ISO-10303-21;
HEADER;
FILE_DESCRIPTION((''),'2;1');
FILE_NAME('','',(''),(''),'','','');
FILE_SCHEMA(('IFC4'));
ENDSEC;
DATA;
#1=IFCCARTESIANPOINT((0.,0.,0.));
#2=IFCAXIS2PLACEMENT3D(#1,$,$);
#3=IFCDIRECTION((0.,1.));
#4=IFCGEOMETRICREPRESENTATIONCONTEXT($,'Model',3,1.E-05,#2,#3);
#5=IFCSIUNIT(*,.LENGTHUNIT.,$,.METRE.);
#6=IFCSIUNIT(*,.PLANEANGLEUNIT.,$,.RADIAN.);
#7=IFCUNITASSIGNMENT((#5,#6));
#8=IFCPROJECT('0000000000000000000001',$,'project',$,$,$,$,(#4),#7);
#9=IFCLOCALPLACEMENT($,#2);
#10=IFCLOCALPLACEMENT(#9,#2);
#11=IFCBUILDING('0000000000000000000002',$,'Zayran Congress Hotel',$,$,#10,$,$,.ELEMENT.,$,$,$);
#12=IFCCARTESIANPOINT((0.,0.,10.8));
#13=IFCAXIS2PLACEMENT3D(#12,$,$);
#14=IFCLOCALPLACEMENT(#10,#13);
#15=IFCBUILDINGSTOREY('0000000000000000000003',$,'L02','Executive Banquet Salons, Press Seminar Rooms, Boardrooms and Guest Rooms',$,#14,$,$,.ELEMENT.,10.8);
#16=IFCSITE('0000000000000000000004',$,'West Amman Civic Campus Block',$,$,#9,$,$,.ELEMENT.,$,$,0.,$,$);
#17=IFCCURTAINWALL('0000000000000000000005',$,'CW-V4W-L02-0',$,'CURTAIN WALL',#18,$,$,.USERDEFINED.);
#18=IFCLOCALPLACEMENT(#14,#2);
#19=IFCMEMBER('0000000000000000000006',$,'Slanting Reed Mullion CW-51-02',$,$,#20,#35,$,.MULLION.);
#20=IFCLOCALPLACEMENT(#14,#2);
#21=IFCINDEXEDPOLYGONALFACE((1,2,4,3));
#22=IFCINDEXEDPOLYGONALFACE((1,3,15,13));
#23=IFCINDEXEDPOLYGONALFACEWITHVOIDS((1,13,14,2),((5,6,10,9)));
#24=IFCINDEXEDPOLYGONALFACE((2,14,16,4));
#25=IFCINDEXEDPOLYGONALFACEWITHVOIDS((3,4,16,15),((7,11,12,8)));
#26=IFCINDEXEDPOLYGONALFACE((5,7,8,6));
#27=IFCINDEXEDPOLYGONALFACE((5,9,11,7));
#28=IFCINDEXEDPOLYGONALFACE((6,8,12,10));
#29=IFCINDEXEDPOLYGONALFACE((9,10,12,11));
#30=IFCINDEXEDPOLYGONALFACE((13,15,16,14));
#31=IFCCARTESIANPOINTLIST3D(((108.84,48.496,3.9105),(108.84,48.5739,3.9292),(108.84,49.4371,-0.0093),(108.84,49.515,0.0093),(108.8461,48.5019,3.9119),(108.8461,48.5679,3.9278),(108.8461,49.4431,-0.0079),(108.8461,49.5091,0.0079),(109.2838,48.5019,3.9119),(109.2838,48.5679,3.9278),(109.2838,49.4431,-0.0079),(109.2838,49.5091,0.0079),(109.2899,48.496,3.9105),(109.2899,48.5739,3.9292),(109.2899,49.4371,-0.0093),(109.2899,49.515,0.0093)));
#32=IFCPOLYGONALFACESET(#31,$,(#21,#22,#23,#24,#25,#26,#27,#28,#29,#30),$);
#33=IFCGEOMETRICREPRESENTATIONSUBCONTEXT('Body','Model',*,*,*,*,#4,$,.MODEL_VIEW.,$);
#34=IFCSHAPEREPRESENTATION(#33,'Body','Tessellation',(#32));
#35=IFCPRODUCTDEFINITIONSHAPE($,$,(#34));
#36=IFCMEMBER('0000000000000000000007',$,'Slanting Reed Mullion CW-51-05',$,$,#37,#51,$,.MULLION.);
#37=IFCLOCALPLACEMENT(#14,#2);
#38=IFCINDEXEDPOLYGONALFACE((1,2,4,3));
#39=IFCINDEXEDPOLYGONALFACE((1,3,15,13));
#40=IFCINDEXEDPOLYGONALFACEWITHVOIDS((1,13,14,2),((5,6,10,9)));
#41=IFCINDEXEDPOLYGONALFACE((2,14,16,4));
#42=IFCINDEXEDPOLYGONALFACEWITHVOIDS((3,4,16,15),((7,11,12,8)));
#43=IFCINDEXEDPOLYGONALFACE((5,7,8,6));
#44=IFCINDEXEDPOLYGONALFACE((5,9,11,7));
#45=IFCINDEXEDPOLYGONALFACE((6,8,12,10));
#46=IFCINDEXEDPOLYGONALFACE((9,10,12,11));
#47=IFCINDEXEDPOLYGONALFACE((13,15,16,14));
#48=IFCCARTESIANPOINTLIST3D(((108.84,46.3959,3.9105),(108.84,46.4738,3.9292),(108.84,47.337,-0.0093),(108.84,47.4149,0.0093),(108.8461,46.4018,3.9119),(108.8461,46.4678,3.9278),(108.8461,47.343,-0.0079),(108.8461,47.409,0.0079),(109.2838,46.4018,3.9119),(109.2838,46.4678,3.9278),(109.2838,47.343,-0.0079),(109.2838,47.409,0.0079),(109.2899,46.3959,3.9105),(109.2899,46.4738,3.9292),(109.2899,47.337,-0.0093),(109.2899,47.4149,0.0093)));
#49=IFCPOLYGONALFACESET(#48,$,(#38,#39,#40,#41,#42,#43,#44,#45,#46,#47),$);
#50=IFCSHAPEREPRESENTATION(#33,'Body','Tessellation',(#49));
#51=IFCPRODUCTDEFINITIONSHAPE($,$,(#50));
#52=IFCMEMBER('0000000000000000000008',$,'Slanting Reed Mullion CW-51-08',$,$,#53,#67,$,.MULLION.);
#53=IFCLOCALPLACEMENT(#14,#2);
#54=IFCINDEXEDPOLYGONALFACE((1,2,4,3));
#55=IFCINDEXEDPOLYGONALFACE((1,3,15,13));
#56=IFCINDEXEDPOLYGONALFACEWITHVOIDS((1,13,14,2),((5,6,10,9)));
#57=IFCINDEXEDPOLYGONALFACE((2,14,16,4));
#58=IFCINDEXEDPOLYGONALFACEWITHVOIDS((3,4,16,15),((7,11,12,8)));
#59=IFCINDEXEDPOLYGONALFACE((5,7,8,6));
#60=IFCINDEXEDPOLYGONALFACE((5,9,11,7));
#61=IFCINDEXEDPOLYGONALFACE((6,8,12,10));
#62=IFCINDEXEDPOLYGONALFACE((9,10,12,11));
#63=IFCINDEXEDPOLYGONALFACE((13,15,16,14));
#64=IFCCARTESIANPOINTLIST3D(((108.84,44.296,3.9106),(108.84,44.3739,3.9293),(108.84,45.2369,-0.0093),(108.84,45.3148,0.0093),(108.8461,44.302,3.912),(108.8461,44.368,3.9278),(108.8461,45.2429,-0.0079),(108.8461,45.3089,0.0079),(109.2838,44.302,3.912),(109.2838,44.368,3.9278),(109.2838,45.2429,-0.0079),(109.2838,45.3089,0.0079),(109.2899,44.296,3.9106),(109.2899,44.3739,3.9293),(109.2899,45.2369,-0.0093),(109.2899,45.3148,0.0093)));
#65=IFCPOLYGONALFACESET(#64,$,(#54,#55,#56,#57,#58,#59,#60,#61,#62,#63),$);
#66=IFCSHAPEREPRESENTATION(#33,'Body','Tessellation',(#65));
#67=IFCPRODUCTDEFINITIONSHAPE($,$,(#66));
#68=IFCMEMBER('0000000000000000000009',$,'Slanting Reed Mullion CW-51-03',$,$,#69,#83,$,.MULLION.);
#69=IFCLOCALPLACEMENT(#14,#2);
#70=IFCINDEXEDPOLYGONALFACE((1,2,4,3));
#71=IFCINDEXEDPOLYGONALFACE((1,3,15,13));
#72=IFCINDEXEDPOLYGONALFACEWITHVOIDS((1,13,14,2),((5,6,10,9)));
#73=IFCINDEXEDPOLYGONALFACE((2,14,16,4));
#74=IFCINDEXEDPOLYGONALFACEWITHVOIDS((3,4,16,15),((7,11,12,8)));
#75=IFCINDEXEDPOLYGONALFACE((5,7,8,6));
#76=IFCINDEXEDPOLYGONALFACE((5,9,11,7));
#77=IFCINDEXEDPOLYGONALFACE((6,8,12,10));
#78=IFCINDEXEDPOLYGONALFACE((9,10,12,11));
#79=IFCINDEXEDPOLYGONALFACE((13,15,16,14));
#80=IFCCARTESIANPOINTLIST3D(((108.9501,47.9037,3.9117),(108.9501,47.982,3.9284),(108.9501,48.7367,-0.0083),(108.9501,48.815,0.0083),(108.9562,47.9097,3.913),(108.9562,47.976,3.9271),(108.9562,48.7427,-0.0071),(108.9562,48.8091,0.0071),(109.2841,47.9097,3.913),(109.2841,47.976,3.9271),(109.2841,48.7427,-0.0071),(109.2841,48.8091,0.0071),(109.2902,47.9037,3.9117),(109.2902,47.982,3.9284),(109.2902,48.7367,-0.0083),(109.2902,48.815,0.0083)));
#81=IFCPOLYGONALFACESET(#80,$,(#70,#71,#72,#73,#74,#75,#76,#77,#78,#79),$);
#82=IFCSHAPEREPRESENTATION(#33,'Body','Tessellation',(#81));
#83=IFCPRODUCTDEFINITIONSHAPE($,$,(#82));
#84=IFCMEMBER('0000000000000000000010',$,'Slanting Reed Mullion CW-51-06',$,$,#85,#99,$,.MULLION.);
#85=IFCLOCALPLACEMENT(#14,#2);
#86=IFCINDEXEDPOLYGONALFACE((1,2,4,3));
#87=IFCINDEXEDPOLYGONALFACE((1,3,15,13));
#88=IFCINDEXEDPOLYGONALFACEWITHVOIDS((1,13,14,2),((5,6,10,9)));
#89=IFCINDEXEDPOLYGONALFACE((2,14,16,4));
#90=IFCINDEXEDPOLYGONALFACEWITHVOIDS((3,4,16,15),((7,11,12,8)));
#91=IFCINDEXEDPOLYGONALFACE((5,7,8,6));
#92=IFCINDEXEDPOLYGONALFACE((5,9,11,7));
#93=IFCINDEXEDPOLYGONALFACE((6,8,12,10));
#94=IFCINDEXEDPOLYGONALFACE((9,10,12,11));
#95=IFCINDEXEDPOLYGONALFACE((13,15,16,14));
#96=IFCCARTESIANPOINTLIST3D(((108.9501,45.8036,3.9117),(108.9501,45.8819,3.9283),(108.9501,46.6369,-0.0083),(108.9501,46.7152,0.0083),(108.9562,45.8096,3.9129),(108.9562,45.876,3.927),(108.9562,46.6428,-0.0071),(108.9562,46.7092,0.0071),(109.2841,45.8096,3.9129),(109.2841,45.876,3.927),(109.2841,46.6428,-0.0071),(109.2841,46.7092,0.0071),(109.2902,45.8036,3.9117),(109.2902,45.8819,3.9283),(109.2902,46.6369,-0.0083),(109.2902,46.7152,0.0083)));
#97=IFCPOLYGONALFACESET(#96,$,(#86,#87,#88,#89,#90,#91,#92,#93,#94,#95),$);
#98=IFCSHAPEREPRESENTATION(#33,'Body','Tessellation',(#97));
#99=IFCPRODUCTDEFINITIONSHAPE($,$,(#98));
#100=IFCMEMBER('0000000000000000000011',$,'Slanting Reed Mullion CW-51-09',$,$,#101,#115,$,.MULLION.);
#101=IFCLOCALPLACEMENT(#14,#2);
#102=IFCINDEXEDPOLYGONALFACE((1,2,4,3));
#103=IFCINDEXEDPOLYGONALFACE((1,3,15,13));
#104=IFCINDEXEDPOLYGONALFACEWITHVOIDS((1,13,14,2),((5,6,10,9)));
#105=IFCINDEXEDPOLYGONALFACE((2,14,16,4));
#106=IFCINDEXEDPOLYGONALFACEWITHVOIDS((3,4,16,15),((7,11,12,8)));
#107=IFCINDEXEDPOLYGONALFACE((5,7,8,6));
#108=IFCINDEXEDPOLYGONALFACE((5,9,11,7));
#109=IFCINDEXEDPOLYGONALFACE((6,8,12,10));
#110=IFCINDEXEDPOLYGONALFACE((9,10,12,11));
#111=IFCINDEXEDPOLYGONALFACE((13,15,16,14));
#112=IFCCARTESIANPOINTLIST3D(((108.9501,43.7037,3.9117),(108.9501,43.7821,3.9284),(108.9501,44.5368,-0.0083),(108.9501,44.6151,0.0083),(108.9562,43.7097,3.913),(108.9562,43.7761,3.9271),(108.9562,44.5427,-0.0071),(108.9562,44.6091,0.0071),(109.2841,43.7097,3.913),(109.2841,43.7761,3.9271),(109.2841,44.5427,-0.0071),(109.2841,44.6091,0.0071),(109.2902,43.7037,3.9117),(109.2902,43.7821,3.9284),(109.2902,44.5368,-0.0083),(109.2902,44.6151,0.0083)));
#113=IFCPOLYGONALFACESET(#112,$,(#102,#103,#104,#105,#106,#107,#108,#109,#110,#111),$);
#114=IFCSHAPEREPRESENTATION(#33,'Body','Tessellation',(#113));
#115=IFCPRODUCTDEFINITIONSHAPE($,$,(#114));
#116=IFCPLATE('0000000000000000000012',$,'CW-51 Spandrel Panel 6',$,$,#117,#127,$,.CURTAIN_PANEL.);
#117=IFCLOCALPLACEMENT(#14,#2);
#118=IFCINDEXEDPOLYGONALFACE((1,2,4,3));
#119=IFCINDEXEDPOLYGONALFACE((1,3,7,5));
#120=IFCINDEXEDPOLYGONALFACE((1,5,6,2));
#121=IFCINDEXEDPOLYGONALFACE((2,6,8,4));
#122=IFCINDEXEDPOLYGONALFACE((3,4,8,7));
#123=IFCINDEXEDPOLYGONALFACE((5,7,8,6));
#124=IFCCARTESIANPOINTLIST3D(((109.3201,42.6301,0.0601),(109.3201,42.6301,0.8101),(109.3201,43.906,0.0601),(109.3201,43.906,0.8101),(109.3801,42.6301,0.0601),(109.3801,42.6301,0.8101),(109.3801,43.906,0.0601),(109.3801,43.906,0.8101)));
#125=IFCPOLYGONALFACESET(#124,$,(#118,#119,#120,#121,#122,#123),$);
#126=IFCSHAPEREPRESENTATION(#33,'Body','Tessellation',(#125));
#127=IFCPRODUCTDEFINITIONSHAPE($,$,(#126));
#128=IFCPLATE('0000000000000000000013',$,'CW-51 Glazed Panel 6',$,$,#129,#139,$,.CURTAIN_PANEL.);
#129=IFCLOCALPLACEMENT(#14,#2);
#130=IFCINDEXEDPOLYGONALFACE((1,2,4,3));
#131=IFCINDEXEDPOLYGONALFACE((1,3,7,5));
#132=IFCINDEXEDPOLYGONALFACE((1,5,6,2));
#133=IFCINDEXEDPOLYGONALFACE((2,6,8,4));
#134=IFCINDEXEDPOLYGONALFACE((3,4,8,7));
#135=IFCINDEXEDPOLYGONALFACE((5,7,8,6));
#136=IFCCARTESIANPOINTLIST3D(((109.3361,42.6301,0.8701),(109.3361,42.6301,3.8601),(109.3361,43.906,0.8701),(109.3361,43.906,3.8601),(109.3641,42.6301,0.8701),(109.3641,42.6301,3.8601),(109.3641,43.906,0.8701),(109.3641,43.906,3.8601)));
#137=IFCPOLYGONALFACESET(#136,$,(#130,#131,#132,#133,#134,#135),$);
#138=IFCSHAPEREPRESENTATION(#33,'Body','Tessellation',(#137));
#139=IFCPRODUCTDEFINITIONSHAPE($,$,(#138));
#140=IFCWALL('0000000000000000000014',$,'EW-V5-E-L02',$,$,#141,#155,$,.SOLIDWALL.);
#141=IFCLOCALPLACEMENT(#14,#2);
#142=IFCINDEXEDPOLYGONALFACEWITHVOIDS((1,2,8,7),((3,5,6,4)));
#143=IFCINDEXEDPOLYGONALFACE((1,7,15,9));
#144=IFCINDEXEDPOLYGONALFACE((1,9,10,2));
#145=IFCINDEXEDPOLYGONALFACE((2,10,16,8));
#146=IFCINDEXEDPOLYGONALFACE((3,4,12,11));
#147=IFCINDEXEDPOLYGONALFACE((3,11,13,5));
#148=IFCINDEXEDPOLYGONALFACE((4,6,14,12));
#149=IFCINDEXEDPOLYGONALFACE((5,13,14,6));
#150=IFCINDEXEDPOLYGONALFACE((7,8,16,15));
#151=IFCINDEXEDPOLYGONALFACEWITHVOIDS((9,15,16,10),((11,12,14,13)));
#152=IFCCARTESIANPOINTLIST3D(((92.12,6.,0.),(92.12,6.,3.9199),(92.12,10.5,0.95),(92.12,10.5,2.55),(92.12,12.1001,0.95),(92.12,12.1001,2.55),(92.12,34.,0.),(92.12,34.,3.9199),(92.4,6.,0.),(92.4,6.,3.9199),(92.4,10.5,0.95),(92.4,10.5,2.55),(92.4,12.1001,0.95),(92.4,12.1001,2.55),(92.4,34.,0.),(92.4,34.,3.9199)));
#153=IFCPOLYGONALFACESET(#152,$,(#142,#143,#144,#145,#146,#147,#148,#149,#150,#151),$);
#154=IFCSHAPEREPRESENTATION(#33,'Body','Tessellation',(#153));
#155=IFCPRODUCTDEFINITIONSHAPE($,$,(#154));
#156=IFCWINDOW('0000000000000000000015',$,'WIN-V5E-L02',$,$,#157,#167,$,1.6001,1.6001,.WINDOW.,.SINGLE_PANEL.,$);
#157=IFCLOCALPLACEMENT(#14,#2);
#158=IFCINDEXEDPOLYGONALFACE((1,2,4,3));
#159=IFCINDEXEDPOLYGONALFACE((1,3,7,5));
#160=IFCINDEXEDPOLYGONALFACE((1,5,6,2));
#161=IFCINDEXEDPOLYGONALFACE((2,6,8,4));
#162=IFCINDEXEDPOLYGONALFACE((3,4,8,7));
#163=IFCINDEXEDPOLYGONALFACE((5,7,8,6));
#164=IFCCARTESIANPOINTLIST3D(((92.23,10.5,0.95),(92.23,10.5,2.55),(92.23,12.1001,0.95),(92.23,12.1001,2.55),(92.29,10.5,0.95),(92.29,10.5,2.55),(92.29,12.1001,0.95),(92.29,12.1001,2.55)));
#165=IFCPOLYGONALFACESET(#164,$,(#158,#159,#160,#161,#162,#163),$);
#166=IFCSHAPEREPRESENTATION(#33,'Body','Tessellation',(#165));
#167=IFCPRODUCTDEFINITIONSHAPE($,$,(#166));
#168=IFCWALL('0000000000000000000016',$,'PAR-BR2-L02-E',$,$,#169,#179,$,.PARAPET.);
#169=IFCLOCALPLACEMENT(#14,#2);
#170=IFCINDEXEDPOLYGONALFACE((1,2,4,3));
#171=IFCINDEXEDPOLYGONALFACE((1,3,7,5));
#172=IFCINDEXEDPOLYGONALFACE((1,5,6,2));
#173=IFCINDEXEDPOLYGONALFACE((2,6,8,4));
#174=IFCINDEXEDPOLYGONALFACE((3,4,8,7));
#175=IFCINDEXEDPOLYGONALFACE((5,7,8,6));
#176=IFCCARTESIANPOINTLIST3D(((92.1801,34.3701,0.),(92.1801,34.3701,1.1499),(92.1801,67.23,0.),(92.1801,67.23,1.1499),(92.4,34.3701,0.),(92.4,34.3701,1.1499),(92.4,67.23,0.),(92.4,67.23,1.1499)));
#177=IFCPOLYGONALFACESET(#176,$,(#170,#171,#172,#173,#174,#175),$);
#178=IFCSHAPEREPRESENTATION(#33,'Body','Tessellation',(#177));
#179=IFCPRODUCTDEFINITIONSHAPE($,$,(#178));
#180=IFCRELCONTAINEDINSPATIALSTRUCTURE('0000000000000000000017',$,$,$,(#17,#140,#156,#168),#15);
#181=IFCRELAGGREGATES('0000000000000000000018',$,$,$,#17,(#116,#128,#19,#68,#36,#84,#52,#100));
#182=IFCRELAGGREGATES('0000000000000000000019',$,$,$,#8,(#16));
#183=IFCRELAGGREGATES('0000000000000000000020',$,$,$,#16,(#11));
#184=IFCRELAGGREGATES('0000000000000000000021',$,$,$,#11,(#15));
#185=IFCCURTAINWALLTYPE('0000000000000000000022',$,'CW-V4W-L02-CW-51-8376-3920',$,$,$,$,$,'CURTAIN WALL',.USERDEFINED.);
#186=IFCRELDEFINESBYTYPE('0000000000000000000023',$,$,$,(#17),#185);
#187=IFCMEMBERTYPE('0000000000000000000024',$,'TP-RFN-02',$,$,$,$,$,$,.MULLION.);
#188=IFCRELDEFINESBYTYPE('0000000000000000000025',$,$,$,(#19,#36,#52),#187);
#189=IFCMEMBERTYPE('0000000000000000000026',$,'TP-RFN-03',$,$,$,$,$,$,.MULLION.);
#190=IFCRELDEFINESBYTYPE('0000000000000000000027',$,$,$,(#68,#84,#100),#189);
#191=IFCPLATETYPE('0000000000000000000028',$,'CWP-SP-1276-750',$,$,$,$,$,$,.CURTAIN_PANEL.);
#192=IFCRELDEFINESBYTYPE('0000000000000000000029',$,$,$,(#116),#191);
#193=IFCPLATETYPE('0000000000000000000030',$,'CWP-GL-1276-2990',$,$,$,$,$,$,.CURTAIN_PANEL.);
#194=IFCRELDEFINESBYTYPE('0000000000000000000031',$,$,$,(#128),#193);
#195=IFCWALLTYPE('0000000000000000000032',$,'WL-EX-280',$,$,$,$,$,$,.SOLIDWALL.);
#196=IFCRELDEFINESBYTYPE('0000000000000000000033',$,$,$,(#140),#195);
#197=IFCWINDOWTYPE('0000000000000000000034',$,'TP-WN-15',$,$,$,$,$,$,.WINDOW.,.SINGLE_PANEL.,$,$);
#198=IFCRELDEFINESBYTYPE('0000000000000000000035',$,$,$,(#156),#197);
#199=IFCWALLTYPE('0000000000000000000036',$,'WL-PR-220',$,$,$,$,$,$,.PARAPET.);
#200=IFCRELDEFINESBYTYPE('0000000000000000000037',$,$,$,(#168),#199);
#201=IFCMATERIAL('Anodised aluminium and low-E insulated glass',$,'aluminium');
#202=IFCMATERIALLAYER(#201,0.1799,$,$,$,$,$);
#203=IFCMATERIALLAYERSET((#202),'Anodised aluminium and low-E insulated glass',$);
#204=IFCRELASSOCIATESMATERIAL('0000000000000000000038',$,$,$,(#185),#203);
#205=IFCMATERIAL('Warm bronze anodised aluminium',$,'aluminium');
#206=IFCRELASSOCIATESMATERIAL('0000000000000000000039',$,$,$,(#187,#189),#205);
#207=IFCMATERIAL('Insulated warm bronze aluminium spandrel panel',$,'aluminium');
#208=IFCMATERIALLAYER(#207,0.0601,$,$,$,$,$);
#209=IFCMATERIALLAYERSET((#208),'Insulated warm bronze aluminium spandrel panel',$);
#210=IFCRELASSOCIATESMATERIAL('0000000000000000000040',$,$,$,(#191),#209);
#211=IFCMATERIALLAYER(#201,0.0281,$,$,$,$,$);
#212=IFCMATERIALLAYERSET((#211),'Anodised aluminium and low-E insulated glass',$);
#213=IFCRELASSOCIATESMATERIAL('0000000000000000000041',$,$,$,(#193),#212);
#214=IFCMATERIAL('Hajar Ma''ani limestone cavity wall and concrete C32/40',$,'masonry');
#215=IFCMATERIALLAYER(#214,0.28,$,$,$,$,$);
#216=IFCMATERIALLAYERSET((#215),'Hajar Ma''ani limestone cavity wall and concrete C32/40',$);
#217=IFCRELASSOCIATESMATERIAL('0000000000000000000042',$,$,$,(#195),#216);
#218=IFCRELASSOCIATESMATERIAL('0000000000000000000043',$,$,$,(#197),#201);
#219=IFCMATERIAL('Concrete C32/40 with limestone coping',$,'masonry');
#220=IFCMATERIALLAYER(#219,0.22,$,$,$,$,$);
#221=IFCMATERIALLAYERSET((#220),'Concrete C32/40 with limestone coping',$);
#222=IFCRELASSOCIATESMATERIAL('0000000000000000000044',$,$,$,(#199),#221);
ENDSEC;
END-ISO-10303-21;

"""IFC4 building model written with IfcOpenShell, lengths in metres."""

from ifc_helpers import new_model, si_unit, direction, frame, frame_2d, origin, origin_2d, place, context, subcontext, project, spatial, rectangle, hollow_rectangle, extrude, material, layer, layer_set, material_profile, profile_set, type_object, element, fill, aggregate, save


model = new_model("IFC4")

# Units and contexts
model_context = context("Model", 3, precision=1e-05, world=origin(), true_north=direction((0.0, 1.0)))
body_context = subcontext(model_context, "Body", "Model", "MODEL_VIEW")
ifc_project = project(units=[si_unit("LENGTHUNIT", "METRE"), si_unit("PLANEANGLEUNIT", "RADIAN")], contexts=[model_context])

# Site, building, storey
site_placement = place(None, origin())
site = spatial("IfcSite", under=ifc_project, at=site_placement, Name="West Amman Civic Campus Block", CompositionType="ELEMENT", RefElevation=0.0)
building_placement = place(site_placement, origin())
building = spatial("IfcBuilding", under=site, at=building_placement, Name="Zayran Congress Hotel", CompositionType="ELEMENT")
storey_placement = place(building_placement, frame((0.0, 0.0, 10.8)))
storey = spatial("IfcBuildingStorey", under=building, at=storey_placement, Name="L02", Description="Executive Banquet Salons, Press Seminar Rooms, Boardrooms and Guest Rooms", CompositionType="ELEMENT", Elevation=10.8)

# Curtain wall, members, plates
ifc_material_1 = material(Name="Anodised aluminium and low-E insulated glass", Category="aluminium")
ifc_layer_1 = layer(ifc_material_1, 0.1799)
ifc_layer_set_1 = layer_set([ifc_layer_1], Name="Anodised aluminium and low-E insulated glass")
curtain_wall_type = type_object("IfcCurtainWallType", Name="CW-V4W-L02-CW-51-8376-3920", ElementType="CURTAIN WALL", PredefinedType="USERDEFINED", material=ifc_layer_set_1)
curtain_wall_placement = place(storey_placement, origin())
curtain_wall = element("IfcCurtainWall", 1, at=curtain_wall_placement, inside=storey, type_object=curtain_wall_type, Name="CW-V4W-L02-0", ObjectType="CURTAIN WALL", PredefinedType="USERDEFINED")
ifc_material_2 = material(Name="Warm bronze anodised aluminium", Category="aluminium")
ifc_material_profile_1 = material_profile(ifc_material_2, hollow_rectangle(XDim=0.0801, YDim=0.45, WallThickness=0.0061, at=origin_2d()), Name="RHS 450x80x6")
ifc_profile_set_1 = profile_set([ifc_material_profile_1], Name="Warm bronze anodised aluminium")
member_type_1 = type_object("IfcMemberType", Name="TP-RFN-02", PredefinedType="MULLION", material=ifc_profile_set_1)
member_1_placement = place(storey_placement, frame((109.0649, 49.4761, 0.0), z_axis=(0.0, -0.233462, 0.972366), x_axis=(0.0, 0.972366, 0.233462)))
member_1 = element("IfcMember", 2, at=member_1_placement, type_object=member_type_1, Name="Slanting Reed Mullion CW-51-02", PredefinedType="MULLION", context=body_context, shape_type="SweptSolid", body=[
    extrude(hollow_rectangle(XDim=0.0801, YDim=0.45, WallThickness=0.0061, at=origin_2d()), origin(), (0.0, 0.0, 1.0), 4.0312),
])
member_2_placement = place(storey_placement, frame((109.0649, 47.376, 0.0), z_axis=(0.0, -0.233462, 0.972366), x_axis=(0.0, 0.972366, 0.233462)))
member_2 = element("IfcMember", 3, at=member_2_placement, type_object=member_type_1, Name="Slanting Reed Mullion CW-51-05", PredefinedType="MULLION", context=body_context, shape_type="SweptSolid", body=[
    extrude(hollow_rectangle(XDim=0.0801, YDim=0.45, WallThickness=0.0061, at=origin_2d()), origin(), (0.0, 0.0, 1.0), 4.0312),
])
member_3_placement = place(storey_placement, frame((109.0649, 45.2759, 0.0), z_axis=(0.0, -0.233405, 0.97238), x_axis=(0.0, 0.97238, 0.233405)))
member_3 = element("IfcMember", 4, at=member_3_placement, type_object=member_type_1, Name="Slanting Reed Mullion CW-51-08", PredefinedType="MULLION", context=body_context, shape_type="SweptSolid", body=[
    extrude(hollow_rectangle(XDim=0.0801, YDim=0.45, WallThickness=0.0061, at=origin_2d()), origin(), (0.0, 0.0, 1.0), 4.0312),
])
ifc_material_profile_2 = material_profile(ifc_material_2, hollow_rectangle(XDim=0.0801, YDim=0.3401, WallThickness=0.0061, at=origin_2d()), Name="RHS 340x80x6")
ifc_profile_set_2 = profile_set([ifc_material_profile_2], Name="Warm bronze anodised aluminium")
member_type_2 = type_object("IfcMemberType", Name="TP-RFN-03", PredefinedType="MULLION", material=ifc_profile_set_2)
member_4_placement = place(storey_placement, frame((109.1201, 48.7759, 0.0), z_axis=(0.0, -0.207865, 0.978158), x_axis=(0.0, 0.978158, 0.207865)))
member_4 = element("IfcMember", 5, at=member_4_placement, type_object=member_type_2, Name="Slanting Reed Mullion CW-51-03", PredefinedType="MULLION", context=body_context, shape_type="SweptSolid", body=[
    extrude(hollow_rectangle(XDim=0.0801, YDim=0.3401, WallThickness=0.0061, at=origin_2d()), origin(), (0.0, 0.0, 1.0), 4.0076),
])
member_5_placement = place(storey_placement, frame((109.1201, 46.676, 0.0), z_axis=(0.0, -0.207923, 0.978145), x_axis=(0.0, 0.978145, 0.207923)))
member_5 = element("IfcMember", 6, at=member_5_placement, type_object=member_type_2, Name="Slanting Reed Mullion CW-51-06", PredefinedType="MULLION", context=body_context, shape_type="SweptSolid", body=[
    extrude(hollow_rectangle(XDim=0.0801, YDim=0.3401, WallThickness=0.0061, at=origin_2d()), origin(), (0.0, 0.0, 1.0), 4.0076),
])
member_6_placement = place(storey_placement, frame((109.1201, 44.5759, 0.0), z_axis=(0.0, -0.207865, 0.978158), x_axis=(0.0, 0.978158, 0.207865)))
member_6 = element("IfcMember", 7, at=member_6_placement, type_object=member_type_2, Name="Slanting Reed Mullion CW-51-09", PredefinedType="MULLION", context=body_context, shape_type="SweptSolid", body=[
    extrude(hollow_rectangle(XDim=0.0801, YDim=0.3401, WallThickness=0.0061, at=origin_2d()), origin(), (0.0, 0.0, 1.0), 4.0076),
])
ifc_material_3 = material(Name="Insulated warm bronze aluminium spandrel panel", Category="aluminium")
ifc_layer_2 = layer(ifc_material_3, 0.0601)
ifc_layer_set_2 = layer_set([ifc_layer_2], Name="Insulated warm bronze aluminium spandrel panel")
plate_type_1 = type_object("IfcPlateType", Name="CWP-SP-1276-750", PredefinedType="CURTAIN_PANEL", material=ifc_layer_set_2)
plate_1_placement = place(storey_placement, frame((109.3501, 43.2681, 0.0601), z_axis=(0.0, 0.0, 1.0), x_axis=(0.0, 1.0, 0.0)))
plate_1 = element("IfcPlate", 8, at=plate_1_placement, type_object=plate_type_1, Name="CW-51 Spandrel Panel 6", PredefinedType="CURTAIN_PANEL", context=body_context, shape_type="SweptSolid", body=[
    extrude(rectangle(XDim=1.2759, YDim=0.0601, at=origin_2d()), origin(), (0.0, 0.0, 1.0), 0.75),
])
ifc_layer_3 = layer(ifc_material_1, 0.0281)
ifc_layer_set_3 = layer_set([ifc_layer_3], Name="Anodised aluminium and low-E insulated glass")
plate_type_2 = type_object("IfcPlateType", Name="CWP-GL-1276-2990", PredefinedType="CURTAIN_PANEL", material=ifc_layer_set_3)
plate_2_placement = place(storey_placement, frame((109.3501, 43.2681, 0.8701), z_axis=(0.0, 0.0, 1.0), x_axis=(0.0, 1.0, 0.0)))
plate_2 = element("IfcPlate", 9, at=plate_2_placement, type_object=plate_type_2, Name="CW-51 Glazed Panel 6", PredefinedType="CURTAIN_PANEL", context=body_context, shape_type="SweptSolid", body=[
    extrude(rectangle(XDim=1.2759, YDim=0.0281, at=origin_2d()), origin(), (0.0, 0.0, 1.0), 2.99),
])
aggregate(curtain_wall, [plate_1, plate_2, member_1, member_4, member_2, member_5, member_3, member_6])

# Wall, opening, window
ifc_material_4 = material(Name="Hajar Ma'ani limestone cavity wall and concrete C32/40", Category="masonry")
ifc_layer_4 = layer(ifc_material_4, 0.28)
ifc_layer_set_4 = layer_set([ifc_layer_4], Name="Hajar Ma'ani limestone cavity wall and concrete C32/40")
wall_type_1 = type_object("IfcWallType", Name="WL-EX-280", PredefinedType="SOLIDWALL", material=ifc_layer_set_4)
wall_1_placement = place(storey_placement, frame((92.26, 34.0, 0.0), z_axis=(0.0, 0.0, 1.0), x_axis=(0.0, -1.0, 0.0)))
wall_1 = element("IfcWall", 10, at=wall_1_placement, inside=storey, type_object=wall_type_1, Name="EW-V5-E-L02", PredefinedType="SOLIDWALL", context=body_context, shape_type="SweptSolid", body=[
    extrude(rectangle(XDim=28.0, YDim=0.28, at=frame_2d((14.0, 0.0))), origin(), (0.0, 0.0, 1.0), 3.9199),
])
opening_placement = place(wall_1_placement, frame((21.8999, 0.0, 0.95)))
opening = element("IfcOpeningElement", 11, at=opening_placement, cuts=wall_1, PredefinedType="OPENING", context=body_context, shape_type="SweptSolid", body=[
    extrude(rectangle(XDim=1.6001, YDim=1.6001, at=frame_2d((0.8, 0.8))), frame((0.0, 0.1499, 0.0), z_axis=(0.0, -1.0, 0.0), x_axis=(1.0, 0.0, 0.0)), (0.0, 0.0, 1.0), 0.3),
])
window_type = type_object("IfcWindowType", Name="TP-WN-15", PartitioningType="SINGLE_PANEL", PredefinedType="WINDOW", material=ifc_material_1)
window_placement = place(opening_placement, origin())
window = element("IfcWindow", 12, at=window_placement, inside=storey, type_object=window_type, Name="WIN-V5E-L02", OverallHeight=1.6001, OverallWidth=1.6001, PartitioningType="SINGLE_PANEL", PredefinedType="WINDOW", context=body_context, shape_type="SweptSolid", body=[
    extrude(rectangle(XDim=1.6001, YDim=1.6001, at=frame_2d((0.8, 0.8))), frame((0.0, 0.03, 0.0), z_axis=(0.0, -1.0, 0.0), x_axis=(1.0, 0.0, 0.0)), (0.0, 0.0, 1.0), 0.0601),
])
fill(opening, window)

# Wall
ifc_material_5 = material(Name="Concrete C32/40 with limestone coping", Category="masonry")
ifc_layer_5 = layer(ifc_material_5, 0.22)
ifc_layer_set_5 = layer_set([ifc_layer_5], Name="Concrete C32/40 with limestone coping")
wall_type_2 = type_object("IfcWallType", Name="WL-PR-220", PredefinedType="PARAPET", material=ifc_layer_set_5)
wall_2_placement = place(storey_placement, frame((92.29, 34.3701, 0.0), z_axis=(0.0, 0.0, 1.0), x_axis=(0.0, 1.0, 0.0)))
element("IfcWall", 13, at=wall_2_placement, inside=storey, type_object=wall_type_2, Name="PAR-BR2-L02-E", PredefinedType="PARAPET", context=body_context, shape_type="SweptSolid", body=[
    extrude(rectangle(XDim=32.8599, YDim=0.22, at=frame_2d((16.4299, 0.0))), origin(), (0.0, 0.0, 1.0), 1.1499),
])

save(model, "model.ifc")
